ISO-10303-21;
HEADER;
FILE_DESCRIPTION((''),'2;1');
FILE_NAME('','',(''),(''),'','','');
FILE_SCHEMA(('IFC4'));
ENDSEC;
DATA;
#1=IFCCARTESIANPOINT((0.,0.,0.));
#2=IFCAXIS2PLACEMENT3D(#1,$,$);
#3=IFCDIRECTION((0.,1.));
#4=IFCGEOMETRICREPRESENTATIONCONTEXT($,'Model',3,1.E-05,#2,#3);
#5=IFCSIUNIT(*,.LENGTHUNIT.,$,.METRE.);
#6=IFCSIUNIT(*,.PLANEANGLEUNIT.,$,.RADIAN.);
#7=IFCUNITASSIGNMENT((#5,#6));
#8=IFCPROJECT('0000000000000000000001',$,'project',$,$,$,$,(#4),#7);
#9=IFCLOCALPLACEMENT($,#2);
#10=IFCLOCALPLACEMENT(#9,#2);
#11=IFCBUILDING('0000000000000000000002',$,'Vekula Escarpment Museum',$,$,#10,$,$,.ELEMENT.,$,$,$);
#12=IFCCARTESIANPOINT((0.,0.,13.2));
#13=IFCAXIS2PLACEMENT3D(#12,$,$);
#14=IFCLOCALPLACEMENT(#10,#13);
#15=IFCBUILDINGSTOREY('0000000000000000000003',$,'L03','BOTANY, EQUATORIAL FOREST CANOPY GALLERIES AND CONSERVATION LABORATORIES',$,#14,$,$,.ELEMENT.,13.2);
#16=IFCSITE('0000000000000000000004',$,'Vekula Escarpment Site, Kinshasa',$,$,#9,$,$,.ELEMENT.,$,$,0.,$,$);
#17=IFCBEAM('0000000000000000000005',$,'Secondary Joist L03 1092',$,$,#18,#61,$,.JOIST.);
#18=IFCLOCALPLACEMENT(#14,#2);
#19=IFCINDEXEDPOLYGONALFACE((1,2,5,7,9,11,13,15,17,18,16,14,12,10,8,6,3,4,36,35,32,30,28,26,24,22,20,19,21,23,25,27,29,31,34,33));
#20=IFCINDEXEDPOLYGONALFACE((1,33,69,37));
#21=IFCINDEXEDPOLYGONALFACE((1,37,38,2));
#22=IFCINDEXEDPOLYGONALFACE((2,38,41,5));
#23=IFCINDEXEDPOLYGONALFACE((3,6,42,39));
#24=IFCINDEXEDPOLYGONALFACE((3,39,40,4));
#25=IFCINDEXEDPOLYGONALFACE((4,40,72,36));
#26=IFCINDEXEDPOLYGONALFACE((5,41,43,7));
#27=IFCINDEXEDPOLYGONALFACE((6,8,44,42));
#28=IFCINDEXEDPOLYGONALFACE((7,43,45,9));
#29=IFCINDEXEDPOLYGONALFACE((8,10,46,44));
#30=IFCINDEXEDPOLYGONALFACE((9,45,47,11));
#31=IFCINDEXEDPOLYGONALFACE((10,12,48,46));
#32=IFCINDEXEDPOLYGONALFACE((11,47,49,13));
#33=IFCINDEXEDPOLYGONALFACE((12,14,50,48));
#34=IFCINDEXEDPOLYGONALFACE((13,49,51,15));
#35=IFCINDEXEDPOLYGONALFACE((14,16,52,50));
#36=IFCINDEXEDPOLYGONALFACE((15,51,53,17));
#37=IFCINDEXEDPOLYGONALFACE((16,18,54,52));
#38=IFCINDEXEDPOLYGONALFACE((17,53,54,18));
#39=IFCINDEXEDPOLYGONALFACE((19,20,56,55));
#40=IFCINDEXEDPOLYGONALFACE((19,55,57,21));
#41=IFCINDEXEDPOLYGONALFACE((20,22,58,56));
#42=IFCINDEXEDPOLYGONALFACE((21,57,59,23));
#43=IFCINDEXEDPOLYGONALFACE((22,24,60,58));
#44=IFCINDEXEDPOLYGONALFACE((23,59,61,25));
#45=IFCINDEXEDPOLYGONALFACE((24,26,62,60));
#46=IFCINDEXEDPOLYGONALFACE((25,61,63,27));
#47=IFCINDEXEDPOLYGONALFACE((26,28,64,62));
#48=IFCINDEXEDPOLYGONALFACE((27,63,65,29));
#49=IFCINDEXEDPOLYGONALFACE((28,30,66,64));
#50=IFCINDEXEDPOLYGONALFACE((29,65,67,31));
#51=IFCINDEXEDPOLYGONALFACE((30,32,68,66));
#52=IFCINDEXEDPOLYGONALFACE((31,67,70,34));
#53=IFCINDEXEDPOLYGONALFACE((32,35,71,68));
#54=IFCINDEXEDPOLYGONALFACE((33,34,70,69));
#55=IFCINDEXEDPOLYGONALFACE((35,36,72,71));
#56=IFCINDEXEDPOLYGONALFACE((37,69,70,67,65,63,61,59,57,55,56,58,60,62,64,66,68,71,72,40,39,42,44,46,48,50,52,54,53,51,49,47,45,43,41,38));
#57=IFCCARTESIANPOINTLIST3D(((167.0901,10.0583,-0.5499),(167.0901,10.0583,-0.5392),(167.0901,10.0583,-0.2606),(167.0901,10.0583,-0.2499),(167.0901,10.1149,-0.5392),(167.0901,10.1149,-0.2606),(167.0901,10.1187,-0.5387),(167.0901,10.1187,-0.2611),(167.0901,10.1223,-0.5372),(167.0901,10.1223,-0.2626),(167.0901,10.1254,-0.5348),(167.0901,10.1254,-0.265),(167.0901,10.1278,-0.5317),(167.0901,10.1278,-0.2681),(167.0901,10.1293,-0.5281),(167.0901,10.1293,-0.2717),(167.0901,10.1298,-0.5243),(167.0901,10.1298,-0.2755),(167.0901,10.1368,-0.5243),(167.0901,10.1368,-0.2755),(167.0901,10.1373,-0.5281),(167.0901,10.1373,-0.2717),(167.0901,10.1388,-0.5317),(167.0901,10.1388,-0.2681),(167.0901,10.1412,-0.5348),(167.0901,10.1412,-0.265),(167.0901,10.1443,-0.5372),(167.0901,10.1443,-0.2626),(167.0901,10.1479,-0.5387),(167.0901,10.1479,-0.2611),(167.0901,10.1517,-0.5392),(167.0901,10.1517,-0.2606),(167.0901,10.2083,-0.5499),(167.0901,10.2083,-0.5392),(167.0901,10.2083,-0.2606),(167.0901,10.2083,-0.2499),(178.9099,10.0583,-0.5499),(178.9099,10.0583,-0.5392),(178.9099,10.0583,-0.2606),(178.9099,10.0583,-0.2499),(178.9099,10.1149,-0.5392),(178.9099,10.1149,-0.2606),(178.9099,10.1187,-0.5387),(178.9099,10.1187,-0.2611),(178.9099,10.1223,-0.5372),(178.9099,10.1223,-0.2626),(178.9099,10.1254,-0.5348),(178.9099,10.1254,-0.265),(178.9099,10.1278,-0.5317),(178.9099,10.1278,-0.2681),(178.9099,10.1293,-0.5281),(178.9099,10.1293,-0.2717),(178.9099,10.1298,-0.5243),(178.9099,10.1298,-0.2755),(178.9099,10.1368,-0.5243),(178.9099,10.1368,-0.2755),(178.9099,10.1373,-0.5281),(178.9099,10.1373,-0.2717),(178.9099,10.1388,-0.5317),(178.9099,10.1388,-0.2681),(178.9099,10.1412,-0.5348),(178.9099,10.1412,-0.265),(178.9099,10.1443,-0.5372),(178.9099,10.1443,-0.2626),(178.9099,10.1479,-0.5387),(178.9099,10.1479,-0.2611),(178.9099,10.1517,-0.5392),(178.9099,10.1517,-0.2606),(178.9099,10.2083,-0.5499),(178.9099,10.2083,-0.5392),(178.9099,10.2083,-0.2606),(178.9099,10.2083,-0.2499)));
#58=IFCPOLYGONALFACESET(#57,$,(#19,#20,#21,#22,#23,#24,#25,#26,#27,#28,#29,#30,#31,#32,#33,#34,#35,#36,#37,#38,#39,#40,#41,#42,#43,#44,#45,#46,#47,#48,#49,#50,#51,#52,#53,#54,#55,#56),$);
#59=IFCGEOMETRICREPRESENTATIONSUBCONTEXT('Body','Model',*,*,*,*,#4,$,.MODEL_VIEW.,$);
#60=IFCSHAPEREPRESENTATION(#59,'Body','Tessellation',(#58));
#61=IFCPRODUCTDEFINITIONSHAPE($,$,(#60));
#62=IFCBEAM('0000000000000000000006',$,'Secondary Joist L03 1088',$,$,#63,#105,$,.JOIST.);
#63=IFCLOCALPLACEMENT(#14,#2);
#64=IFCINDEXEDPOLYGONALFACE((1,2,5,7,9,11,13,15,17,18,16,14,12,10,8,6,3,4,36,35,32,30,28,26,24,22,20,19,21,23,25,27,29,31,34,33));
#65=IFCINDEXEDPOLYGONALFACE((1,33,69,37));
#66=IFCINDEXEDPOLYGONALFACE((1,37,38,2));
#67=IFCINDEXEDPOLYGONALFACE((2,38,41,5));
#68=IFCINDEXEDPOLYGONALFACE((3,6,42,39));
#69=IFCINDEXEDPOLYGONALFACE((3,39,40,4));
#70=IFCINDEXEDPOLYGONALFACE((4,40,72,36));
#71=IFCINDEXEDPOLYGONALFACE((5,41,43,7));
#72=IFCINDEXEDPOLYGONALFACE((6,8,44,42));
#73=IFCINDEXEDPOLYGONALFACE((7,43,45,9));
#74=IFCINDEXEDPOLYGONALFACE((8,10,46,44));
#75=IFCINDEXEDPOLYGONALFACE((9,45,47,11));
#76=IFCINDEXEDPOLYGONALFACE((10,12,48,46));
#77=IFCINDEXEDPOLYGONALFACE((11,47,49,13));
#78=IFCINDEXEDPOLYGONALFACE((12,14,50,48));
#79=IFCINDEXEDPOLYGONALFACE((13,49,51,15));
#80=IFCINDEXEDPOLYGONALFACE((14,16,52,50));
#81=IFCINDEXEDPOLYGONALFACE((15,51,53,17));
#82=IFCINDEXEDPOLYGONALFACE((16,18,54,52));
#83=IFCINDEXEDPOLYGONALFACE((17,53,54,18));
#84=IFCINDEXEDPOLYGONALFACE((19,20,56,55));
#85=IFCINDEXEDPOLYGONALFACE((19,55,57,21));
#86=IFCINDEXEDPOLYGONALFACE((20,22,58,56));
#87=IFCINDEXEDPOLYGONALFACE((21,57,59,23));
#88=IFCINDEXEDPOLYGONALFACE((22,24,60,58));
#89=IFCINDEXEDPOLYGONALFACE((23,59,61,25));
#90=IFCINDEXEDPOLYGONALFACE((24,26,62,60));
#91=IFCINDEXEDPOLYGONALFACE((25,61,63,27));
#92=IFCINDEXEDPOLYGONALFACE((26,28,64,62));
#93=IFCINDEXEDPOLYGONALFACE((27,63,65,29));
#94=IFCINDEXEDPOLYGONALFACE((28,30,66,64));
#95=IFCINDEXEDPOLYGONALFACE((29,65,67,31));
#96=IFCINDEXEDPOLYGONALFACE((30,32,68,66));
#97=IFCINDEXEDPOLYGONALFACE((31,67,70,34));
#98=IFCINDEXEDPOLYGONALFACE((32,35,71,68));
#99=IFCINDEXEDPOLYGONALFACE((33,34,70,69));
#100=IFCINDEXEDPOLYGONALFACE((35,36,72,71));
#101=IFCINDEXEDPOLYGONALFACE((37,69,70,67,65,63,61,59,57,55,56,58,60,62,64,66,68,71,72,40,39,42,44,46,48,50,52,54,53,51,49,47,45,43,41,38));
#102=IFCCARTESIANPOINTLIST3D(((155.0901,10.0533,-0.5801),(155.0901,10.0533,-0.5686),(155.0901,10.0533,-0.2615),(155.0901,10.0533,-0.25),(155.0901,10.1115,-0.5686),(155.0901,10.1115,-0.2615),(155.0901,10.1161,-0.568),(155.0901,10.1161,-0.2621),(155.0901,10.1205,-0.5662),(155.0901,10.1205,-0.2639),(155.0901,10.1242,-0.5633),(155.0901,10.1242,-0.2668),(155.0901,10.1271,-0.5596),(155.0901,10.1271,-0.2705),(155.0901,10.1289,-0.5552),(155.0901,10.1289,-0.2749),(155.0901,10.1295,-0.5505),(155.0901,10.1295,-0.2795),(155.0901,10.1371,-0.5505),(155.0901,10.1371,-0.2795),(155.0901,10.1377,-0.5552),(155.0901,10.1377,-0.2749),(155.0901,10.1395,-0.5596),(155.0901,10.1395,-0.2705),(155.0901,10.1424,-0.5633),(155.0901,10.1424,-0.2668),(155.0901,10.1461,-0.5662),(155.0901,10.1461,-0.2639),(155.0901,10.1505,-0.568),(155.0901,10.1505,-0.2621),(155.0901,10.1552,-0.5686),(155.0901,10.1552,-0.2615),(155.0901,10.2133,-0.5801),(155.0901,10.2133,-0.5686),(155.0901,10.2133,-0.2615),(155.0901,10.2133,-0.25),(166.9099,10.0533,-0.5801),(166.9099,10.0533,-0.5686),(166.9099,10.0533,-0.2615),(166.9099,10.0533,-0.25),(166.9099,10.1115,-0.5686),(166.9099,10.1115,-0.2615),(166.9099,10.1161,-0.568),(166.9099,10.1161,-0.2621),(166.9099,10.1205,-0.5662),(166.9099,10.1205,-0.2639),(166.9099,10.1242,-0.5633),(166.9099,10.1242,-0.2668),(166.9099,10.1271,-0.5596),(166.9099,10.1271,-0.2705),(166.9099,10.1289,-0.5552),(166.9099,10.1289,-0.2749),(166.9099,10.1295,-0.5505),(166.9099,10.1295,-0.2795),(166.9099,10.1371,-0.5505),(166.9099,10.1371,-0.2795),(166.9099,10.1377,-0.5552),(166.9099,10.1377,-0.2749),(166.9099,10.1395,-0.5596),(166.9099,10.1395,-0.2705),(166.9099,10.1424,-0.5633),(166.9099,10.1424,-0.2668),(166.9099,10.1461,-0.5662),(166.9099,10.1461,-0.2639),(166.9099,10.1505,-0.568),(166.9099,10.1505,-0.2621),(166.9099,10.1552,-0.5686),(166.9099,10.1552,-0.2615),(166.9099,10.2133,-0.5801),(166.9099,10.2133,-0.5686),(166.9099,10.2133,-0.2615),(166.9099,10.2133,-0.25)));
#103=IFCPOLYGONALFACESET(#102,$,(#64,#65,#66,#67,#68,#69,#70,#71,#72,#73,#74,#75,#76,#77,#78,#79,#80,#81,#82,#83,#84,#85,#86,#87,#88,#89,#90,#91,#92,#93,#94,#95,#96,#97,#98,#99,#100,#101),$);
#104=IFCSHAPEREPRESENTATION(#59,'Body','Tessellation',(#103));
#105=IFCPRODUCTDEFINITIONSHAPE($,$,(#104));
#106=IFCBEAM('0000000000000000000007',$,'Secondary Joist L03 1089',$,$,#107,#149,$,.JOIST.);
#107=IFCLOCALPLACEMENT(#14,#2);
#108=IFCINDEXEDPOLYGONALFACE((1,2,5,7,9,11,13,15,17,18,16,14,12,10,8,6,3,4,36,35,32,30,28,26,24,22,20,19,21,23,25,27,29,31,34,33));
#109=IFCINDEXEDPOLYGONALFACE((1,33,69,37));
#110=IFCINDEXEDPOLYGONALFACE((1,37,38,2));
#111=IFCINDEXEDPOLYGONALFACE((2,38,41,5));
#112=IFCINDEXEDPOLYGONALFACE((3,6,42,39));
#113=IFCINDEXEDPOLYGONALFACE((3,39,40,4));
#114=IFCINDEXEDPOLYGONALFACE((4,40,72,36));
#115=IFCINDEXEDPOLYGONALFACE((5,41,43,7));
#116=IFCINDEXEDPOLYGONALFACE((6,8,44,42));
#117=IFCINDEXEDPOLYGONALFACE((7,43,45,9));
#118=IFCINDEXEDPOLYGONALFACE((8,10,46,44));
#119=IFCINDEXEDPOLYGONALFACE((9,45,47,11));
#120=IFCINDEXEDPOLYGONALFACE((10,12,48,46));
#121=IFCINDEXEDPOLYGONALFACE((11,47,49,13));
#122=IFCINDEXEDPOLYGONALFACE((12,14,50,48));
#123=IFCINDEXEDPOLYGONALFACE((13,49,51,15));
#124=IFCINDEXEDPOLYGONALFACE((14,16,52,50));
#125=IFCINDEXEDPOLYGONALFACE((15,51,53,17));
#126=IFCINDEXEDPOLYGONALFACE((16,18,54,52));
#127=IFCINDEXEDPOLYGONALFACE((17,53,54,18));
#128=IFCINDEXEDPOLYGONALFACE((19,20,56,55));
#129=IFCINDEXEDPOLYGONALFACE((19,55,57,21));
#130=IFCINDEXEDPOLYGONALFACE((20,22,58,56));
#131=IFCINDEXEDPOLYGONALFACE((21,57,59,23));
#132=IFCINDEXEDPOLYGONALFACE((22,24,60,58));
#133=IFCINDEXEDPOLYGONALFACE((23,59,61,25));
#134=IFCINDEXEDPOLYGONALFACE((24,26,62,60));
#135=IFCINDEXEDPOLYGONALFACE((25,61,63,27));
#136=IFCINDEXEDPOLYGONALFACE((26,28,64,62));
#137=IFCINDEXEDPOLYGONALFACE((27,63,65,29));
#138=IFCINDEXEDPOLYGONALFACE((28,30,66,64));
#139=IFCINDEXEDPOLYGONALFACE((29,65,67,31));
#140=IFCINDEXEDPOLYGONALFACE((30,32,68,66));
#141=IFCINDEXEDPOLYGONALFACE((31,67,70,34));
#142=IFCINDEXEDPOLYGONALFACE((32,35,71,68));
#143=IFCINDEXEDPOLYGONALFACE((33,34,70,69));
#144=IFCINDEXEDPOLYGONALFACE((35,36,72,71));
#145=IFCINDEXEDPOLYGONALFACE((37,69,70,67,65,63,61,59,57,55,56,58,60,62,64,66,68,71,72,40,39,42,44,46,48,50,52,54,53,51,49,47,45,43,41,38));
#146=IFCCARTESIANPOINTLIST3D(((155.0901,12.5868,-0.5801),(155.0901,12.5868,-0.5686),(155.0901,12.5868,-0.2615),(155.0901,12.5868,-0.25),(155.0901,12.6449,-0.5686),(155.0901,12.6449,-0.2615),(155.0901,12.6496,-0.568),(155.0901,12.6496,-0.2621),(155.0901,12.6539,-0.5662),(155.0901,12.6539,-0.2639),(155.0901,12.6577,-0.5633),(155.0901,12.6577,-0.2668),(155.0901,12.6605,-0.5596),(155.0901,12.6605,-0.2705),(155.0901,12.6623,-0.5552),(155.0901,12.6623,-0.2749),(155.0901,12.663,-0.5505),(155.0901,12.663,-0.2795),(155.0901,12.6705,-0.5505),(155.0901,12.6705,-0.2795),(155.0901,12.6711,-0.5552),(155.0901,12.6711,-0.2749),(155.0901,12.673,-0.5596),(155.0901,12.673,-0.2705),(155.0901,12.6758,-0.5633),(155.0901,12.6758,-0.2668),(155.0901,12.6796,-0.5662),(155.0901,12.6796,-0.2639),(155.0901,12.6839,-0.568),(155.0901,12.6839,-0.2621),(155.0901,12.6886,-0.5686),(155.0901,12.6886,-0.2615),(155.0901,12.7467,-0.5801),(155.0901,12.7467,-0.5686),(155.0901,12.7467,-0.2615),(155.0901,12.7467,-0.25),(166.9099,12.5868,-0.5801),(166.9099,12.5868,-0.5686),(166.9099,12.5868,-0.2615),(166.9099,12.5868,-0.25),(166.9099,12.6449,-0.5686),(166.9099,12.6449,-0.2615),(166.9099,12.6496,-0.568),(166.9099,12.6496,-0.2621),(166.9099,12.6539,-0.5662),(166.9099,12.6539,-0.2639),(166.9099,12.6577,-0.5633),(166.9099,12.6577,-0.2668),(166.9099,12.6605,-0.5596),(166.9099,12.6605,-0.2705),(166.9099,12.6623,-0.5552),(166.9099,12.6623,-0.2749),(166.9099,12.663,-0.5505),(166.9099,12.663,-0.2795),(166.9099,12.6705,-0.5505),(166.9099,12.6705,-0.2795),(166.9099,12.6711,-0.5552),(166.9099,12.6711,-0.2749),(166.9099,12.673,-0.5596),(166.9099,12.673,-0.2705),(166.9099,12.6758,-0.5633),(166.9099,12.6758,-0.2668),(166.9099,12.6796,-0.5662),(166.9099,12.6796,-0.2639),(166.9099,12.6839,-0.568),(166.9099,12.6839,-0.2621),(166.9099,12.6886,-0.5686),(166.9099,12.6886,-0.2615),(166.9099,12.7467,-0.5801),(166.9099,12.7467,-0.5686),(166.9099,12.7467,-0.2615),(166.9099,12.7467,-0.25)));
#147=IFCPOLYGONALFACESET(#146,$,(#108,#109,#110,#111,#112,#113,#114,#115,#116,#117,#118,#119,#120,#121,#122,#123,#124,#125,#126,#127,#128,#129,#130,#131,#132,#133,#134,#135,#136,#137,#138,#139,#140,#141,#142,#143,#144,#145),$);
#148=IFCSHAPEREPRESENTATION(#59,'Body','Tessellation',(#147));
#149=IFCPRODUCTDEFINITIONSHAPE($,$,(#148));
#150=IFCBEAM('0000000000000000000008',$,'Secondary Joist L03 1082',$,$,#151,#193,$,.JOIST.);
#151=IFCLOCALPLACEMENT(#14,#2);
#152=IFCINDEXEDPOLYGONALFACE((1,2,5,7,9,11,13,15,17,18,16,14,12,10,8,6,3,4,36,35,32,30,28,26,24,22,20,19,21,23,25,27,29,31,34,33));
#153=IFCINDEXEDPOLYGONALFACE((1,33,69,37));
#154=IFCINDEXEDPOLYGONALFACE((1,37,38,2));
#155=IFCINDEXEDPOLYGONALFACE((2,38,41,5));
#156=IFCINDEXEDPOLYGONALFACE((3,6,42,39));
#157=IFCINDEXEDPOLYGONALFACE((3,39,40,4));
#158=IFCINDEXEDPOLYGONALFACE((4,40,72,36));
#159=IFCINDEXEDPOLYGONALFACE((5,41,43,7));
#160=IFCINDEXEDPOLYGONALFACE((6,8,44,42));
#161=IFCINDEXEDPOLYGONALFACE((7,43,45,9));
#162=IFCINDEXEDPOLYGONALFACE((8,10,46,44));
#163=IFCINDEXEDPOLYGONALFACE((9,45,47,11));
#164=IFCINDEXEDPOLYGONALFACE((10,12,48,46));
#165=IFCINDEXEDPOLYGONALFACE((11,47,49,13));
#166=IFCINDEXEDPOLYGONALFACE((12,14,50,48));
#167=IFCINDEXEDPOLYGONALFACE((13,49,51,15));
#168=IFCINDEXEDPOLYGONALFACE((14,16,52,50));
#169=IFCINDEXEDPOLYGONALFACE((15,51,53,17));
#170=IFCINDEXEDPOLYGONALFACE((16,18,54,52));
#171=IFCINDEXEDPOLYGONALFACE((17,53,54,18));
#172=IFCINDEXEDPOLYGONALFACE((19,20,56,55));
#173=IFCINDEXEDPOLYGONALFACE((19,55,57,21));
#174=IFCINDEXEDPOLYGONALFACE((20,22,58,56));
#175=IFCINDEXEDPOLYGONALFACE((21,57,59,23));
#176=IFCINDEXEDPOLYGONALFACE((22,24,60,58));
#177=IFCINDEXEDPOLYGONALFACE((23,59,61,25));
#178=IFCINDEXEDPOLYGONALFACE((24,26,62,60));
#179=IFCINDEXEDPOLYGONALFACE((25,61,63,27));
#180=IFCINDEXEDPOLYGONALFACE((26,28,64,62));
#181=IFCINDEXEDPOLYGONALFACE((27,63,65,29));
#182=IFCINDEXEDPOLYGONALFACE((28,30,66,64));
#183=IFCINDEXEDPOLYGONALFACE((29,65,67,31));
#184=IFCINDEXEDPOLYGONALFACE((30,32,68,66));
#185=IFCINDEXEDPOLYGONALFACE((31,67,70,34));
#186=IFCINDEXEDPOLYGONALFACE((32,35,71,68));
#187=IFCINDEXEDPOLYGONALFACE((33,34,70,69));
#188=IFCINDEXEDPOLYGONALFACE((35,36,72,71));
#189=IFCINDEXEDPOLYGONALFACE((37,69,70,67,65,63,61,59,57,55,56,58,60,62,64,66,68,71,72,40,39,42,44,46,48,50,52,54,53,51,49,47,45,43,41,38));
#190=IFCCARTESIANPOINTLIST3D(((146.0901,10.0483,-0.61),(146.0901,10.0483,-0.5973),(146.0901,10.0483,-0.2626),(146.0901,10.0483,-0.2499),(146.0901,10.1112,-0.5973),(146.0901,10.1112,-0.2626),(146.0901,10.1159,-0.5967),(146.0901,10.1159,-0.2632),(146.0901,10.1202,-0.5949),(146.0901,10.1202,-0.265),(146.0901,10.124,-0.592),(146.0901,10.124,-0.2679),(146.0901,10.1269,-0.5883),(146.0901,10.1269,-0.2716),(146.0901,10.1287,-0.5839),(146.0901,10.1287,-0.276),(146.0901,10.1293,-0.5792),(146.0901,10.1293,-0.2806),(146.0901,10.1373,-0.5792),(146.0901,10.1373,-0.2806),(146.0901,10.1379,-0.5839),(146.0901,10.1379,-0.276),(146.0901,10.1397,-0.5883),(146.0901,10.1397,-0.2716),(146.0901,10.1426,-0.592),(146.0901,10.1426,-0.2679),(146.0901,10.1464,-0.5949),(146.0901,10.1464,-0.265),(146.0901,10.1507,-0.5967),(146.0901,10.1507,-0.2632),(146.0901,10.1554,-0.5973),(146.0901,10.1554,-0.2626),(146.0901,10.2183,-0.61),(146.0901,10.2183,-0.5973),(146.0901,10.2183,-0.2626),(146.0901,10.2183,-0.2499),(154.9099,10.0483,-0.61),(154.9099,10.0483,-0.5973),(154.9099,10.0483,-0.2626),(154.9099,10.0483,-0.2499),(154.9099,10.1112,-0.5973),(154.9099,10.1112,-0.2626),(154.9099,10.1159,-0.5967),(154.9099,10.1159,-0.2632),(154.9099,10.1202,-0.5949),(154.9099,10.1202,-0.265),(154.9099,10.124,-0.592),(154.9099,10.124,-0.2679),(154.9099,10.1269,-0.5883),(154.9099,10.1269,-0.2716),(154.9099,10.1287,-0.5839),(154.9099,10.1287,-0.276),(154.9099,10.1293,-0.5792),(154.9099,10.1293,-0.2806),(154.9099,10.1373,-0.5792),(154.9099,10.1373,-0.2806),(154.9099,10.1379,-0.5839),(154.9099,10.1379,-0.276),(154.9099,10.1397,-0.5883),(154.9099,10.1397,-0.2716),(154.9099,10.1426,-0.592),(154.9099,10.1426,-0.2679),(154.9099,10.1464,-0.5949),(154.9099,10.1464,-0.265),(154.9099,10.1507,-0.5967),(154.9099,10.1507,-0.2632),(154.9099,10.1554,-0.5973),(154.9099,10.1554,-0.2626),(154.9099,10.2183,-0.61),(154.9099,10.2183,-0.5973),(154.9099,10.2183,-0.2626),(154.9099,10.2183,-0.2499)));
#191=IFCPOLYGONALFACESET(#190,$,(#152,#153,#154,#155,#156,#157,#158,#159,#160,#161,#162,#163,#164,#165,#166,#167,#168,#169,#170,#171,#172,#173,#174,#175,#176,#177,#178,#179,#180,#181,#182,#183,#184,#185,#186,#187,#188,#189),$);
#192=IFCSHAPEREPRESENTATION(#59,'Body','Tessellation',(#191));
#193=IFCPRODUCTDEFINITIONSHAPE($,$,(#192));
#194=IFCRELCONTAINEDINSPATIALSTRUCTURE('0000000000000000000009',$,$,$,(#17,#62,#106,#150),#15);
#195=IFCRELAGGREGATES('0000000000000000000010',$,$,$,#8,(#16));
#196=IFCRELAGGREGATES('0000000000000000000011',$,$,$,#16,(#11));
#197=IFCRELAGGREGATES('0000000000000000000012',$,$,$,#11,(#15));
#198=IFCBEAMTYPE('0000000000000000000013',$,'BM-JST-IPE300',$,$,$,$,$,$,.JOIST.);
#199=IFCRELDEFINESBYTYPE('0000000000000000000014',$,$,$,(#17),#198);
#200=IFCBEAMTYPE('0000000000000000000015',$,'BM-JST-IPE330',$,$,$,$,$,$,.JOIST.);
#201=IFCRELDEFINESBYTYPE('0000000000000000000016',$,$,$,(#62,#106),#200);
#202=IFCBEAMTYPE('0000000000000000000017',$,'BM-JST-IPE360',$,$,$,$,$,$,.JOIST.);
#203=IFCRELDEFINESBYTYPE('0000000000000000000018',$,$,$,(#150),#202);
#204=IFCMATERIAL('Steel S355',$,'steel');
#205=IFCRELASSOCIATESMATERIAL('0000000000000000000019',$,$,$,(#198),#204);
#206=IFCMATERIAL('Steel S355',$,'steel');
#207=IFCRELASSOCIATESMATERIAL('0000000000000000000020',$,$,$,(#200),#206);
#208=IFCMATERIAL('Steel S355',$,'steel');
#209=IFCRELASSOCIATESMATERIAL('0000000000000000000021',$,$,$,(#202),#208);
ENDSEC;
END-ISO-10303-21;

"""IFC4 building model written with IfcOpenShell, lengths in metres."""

from ifc_helpers import new_model, si_unit, direction, frame, origin, origin_2d, place, context, subcontext, project, spatial, i_section, extrude, material, material_profile, profile_set, type_object, element, save


model = new_model("IFC4")

# Units and contexts
model_context = context("Model", 3, precision=1e-05, world=origin(), true_north=direction((0.0, 1.0)))
body_context = subcontext(model_context, "Body", "Model", "MODEL_VIEW")
ifc_project = project(units=[si_unit("LENGTHUNIT", "METRE"), si_unit("PLANEANGLEUNIT", "RADIAN")], contexts=[model_context])

# Site, building, storey
site_placement = place(None, origin())
site = spatial("IfcSite", under=ifc_project, at=site_placement, Name="Vekula Escarpment Site, Kinshasa", CompositionType="ELEMENT", RefElevation=0.0)
building_placement = place(site_placement, origin())
building = spatial("IfcBuilding", under=site, at=building_placement, Name="Vekula Escarpment Museum", CompositionType="ELEMENT")
storey_placement = place(building_placement, frame((0.0, 0.0, 13.2)))
storey = spatial("IfcBuildingStorey", under=building, at=storey_placement, Name="L03", Description="BOTANY, EQUATORIAL FOREST CANOPY GALLERIES AND CONSERVATION LABORATORIES", CompositionType="ELEMENT", Elevation=13.2)

# Beams
ifc_material_1 = material(Name="Steel S355", Category="steel")
ifc_material_profile_1 = material_profile(ifc_material_1, i_section(OverallWidth=0.1499, OverallDepth=0.3, WebThickness=0.0071, FlangeThickness=0.0107, FilletRadius=0.0149, at=origin_2d()), Name="IPE 300")
ifc_profile_set_1 = profile_set([ifc_material_profile_1], Name="Steel S355")
beam_type_1 = type_object("IfcBeamType", Name="BM-JST-IPE300", PredefinedType="JOIST", material=ifc_profile_set_1)
beam_1_placement = place(storey_placement, frame((167.0901, 10.1333, -0.3999), z_axis=(1.0, 0.0, 0.0), x_axis=(0.0, 1.0, 0.0)))
element("IfcBeam", 1, at=beam_1_placement, inside=storey, type_object=beam_type_1, Name="Secondary Joist L03 1092", PredefinedType="JOIST", context=body_context, shape_type="SweptSolid", body=[
    extrude(i_section(OverallWidth=0.1499, OverallDepth=0.3, WebThickness=0.0071, FlangeThickness=0.0107, FilletRadius=0.0149, at=origin_2d()), origin(), (0.0, 0.0, 1.0), 11.8198),
])
ifc_material_2 = material(Name="Steel S355", Category="steel")
ifc_material_profile_2 = material_profile(ifc_material_2, i_section(OverallWidth=0.1599, OverallDepth=0.3301, WebThickness=0.0076, FlangeThickness=0.0115, FilletRadius=0.0181, at=origin_2d()), Name="IPE 330")
ifc_profile_set_2 = profile_set([ifc_material_profile_2], Name="Steel S355")
beam_type_2 = type_object("IfcBeamType", Name="BM-JST-IPE330", PredefinedType="JOIST", material=ifc_profile_set_2)
for number, where, z_axis, x_axis, name in (
    (2, (155.0901, 10.1333, -0.415), (1.0, 0.0, 0.0), (0.0, 1.0, 0.0), "Secondary Joist L03 1088"),
    (3, (155.0901, 12.6667, -0.415), (1.0, 0.0, 0.0), (0.0, 1.0, 0.0), "Secondary Joist L03 1089"),
):
    element("IfcBeam", number, at=place(storey_placement, frame(where, z_axis=z_axis, x_axis=x_axis)), inside=storey, type_object=beam_type_2, Name=name, PredefinedType="JOIST", context=body_context, shape_type="SweptSolid", body=[
        extrude(i_section(OverallWidth=0.1599, OverallDepth=0.3301, WebThickness=0.0076, FlangeThickness=0.0115, FilletRadius=0.0181, at=origin_2d()), origin(), (0.0, 0.0, 1.0), 11.8198),
    ])
ifc_material_3 = material(Name="Steel S355", Category="steel")
ifc_material_profile_3 = material_profile(ifc_material_3, i_section(OverallWidth=0.1699, OverallDepth=0.3601, WebThickness=0.0081, FlangeThickness=0.0127, FilletRadius=0.0181, at=origin_2d()), Name="IPE 360")
ifc_profile_set_3 = profile_set([ifc_material_profile_3], Name="Steel S355")
beam_type_3 = type_object("IfcBeamType", Name="BM-JST-IPE360", PredefinedType="JOIST", material=ifc_profile_set_3)
for number, where, z_axis, x_axis, name in (
    (4, (146.0901, 10.1333, -0.4299), (1.0, 0.0, 0.0), (0.0, 1.0, 0.0), "Secondary Joist L03 1082"),
):
    element("IfcBeam", number, at=place(storey_placement, frame(where, z_axis=z_axis, x_axis=x_axis)), inside=storey, type_object=beam_type_3, Name=name, PredefinedType="JOIST", context=body_context, shape_type="SweptSolid", body=[
        extrude(i_section(OverallWidth=0.1699, OverallDepth=0.3601, WebThickness=0.0081, FlangeThickness=0.0127, FilletRadius=0.0181, at=origin_2d()), origin(), (0.0, 0.0, 1.0), 8.8198),
    ])

save(model, "model.ifc")
